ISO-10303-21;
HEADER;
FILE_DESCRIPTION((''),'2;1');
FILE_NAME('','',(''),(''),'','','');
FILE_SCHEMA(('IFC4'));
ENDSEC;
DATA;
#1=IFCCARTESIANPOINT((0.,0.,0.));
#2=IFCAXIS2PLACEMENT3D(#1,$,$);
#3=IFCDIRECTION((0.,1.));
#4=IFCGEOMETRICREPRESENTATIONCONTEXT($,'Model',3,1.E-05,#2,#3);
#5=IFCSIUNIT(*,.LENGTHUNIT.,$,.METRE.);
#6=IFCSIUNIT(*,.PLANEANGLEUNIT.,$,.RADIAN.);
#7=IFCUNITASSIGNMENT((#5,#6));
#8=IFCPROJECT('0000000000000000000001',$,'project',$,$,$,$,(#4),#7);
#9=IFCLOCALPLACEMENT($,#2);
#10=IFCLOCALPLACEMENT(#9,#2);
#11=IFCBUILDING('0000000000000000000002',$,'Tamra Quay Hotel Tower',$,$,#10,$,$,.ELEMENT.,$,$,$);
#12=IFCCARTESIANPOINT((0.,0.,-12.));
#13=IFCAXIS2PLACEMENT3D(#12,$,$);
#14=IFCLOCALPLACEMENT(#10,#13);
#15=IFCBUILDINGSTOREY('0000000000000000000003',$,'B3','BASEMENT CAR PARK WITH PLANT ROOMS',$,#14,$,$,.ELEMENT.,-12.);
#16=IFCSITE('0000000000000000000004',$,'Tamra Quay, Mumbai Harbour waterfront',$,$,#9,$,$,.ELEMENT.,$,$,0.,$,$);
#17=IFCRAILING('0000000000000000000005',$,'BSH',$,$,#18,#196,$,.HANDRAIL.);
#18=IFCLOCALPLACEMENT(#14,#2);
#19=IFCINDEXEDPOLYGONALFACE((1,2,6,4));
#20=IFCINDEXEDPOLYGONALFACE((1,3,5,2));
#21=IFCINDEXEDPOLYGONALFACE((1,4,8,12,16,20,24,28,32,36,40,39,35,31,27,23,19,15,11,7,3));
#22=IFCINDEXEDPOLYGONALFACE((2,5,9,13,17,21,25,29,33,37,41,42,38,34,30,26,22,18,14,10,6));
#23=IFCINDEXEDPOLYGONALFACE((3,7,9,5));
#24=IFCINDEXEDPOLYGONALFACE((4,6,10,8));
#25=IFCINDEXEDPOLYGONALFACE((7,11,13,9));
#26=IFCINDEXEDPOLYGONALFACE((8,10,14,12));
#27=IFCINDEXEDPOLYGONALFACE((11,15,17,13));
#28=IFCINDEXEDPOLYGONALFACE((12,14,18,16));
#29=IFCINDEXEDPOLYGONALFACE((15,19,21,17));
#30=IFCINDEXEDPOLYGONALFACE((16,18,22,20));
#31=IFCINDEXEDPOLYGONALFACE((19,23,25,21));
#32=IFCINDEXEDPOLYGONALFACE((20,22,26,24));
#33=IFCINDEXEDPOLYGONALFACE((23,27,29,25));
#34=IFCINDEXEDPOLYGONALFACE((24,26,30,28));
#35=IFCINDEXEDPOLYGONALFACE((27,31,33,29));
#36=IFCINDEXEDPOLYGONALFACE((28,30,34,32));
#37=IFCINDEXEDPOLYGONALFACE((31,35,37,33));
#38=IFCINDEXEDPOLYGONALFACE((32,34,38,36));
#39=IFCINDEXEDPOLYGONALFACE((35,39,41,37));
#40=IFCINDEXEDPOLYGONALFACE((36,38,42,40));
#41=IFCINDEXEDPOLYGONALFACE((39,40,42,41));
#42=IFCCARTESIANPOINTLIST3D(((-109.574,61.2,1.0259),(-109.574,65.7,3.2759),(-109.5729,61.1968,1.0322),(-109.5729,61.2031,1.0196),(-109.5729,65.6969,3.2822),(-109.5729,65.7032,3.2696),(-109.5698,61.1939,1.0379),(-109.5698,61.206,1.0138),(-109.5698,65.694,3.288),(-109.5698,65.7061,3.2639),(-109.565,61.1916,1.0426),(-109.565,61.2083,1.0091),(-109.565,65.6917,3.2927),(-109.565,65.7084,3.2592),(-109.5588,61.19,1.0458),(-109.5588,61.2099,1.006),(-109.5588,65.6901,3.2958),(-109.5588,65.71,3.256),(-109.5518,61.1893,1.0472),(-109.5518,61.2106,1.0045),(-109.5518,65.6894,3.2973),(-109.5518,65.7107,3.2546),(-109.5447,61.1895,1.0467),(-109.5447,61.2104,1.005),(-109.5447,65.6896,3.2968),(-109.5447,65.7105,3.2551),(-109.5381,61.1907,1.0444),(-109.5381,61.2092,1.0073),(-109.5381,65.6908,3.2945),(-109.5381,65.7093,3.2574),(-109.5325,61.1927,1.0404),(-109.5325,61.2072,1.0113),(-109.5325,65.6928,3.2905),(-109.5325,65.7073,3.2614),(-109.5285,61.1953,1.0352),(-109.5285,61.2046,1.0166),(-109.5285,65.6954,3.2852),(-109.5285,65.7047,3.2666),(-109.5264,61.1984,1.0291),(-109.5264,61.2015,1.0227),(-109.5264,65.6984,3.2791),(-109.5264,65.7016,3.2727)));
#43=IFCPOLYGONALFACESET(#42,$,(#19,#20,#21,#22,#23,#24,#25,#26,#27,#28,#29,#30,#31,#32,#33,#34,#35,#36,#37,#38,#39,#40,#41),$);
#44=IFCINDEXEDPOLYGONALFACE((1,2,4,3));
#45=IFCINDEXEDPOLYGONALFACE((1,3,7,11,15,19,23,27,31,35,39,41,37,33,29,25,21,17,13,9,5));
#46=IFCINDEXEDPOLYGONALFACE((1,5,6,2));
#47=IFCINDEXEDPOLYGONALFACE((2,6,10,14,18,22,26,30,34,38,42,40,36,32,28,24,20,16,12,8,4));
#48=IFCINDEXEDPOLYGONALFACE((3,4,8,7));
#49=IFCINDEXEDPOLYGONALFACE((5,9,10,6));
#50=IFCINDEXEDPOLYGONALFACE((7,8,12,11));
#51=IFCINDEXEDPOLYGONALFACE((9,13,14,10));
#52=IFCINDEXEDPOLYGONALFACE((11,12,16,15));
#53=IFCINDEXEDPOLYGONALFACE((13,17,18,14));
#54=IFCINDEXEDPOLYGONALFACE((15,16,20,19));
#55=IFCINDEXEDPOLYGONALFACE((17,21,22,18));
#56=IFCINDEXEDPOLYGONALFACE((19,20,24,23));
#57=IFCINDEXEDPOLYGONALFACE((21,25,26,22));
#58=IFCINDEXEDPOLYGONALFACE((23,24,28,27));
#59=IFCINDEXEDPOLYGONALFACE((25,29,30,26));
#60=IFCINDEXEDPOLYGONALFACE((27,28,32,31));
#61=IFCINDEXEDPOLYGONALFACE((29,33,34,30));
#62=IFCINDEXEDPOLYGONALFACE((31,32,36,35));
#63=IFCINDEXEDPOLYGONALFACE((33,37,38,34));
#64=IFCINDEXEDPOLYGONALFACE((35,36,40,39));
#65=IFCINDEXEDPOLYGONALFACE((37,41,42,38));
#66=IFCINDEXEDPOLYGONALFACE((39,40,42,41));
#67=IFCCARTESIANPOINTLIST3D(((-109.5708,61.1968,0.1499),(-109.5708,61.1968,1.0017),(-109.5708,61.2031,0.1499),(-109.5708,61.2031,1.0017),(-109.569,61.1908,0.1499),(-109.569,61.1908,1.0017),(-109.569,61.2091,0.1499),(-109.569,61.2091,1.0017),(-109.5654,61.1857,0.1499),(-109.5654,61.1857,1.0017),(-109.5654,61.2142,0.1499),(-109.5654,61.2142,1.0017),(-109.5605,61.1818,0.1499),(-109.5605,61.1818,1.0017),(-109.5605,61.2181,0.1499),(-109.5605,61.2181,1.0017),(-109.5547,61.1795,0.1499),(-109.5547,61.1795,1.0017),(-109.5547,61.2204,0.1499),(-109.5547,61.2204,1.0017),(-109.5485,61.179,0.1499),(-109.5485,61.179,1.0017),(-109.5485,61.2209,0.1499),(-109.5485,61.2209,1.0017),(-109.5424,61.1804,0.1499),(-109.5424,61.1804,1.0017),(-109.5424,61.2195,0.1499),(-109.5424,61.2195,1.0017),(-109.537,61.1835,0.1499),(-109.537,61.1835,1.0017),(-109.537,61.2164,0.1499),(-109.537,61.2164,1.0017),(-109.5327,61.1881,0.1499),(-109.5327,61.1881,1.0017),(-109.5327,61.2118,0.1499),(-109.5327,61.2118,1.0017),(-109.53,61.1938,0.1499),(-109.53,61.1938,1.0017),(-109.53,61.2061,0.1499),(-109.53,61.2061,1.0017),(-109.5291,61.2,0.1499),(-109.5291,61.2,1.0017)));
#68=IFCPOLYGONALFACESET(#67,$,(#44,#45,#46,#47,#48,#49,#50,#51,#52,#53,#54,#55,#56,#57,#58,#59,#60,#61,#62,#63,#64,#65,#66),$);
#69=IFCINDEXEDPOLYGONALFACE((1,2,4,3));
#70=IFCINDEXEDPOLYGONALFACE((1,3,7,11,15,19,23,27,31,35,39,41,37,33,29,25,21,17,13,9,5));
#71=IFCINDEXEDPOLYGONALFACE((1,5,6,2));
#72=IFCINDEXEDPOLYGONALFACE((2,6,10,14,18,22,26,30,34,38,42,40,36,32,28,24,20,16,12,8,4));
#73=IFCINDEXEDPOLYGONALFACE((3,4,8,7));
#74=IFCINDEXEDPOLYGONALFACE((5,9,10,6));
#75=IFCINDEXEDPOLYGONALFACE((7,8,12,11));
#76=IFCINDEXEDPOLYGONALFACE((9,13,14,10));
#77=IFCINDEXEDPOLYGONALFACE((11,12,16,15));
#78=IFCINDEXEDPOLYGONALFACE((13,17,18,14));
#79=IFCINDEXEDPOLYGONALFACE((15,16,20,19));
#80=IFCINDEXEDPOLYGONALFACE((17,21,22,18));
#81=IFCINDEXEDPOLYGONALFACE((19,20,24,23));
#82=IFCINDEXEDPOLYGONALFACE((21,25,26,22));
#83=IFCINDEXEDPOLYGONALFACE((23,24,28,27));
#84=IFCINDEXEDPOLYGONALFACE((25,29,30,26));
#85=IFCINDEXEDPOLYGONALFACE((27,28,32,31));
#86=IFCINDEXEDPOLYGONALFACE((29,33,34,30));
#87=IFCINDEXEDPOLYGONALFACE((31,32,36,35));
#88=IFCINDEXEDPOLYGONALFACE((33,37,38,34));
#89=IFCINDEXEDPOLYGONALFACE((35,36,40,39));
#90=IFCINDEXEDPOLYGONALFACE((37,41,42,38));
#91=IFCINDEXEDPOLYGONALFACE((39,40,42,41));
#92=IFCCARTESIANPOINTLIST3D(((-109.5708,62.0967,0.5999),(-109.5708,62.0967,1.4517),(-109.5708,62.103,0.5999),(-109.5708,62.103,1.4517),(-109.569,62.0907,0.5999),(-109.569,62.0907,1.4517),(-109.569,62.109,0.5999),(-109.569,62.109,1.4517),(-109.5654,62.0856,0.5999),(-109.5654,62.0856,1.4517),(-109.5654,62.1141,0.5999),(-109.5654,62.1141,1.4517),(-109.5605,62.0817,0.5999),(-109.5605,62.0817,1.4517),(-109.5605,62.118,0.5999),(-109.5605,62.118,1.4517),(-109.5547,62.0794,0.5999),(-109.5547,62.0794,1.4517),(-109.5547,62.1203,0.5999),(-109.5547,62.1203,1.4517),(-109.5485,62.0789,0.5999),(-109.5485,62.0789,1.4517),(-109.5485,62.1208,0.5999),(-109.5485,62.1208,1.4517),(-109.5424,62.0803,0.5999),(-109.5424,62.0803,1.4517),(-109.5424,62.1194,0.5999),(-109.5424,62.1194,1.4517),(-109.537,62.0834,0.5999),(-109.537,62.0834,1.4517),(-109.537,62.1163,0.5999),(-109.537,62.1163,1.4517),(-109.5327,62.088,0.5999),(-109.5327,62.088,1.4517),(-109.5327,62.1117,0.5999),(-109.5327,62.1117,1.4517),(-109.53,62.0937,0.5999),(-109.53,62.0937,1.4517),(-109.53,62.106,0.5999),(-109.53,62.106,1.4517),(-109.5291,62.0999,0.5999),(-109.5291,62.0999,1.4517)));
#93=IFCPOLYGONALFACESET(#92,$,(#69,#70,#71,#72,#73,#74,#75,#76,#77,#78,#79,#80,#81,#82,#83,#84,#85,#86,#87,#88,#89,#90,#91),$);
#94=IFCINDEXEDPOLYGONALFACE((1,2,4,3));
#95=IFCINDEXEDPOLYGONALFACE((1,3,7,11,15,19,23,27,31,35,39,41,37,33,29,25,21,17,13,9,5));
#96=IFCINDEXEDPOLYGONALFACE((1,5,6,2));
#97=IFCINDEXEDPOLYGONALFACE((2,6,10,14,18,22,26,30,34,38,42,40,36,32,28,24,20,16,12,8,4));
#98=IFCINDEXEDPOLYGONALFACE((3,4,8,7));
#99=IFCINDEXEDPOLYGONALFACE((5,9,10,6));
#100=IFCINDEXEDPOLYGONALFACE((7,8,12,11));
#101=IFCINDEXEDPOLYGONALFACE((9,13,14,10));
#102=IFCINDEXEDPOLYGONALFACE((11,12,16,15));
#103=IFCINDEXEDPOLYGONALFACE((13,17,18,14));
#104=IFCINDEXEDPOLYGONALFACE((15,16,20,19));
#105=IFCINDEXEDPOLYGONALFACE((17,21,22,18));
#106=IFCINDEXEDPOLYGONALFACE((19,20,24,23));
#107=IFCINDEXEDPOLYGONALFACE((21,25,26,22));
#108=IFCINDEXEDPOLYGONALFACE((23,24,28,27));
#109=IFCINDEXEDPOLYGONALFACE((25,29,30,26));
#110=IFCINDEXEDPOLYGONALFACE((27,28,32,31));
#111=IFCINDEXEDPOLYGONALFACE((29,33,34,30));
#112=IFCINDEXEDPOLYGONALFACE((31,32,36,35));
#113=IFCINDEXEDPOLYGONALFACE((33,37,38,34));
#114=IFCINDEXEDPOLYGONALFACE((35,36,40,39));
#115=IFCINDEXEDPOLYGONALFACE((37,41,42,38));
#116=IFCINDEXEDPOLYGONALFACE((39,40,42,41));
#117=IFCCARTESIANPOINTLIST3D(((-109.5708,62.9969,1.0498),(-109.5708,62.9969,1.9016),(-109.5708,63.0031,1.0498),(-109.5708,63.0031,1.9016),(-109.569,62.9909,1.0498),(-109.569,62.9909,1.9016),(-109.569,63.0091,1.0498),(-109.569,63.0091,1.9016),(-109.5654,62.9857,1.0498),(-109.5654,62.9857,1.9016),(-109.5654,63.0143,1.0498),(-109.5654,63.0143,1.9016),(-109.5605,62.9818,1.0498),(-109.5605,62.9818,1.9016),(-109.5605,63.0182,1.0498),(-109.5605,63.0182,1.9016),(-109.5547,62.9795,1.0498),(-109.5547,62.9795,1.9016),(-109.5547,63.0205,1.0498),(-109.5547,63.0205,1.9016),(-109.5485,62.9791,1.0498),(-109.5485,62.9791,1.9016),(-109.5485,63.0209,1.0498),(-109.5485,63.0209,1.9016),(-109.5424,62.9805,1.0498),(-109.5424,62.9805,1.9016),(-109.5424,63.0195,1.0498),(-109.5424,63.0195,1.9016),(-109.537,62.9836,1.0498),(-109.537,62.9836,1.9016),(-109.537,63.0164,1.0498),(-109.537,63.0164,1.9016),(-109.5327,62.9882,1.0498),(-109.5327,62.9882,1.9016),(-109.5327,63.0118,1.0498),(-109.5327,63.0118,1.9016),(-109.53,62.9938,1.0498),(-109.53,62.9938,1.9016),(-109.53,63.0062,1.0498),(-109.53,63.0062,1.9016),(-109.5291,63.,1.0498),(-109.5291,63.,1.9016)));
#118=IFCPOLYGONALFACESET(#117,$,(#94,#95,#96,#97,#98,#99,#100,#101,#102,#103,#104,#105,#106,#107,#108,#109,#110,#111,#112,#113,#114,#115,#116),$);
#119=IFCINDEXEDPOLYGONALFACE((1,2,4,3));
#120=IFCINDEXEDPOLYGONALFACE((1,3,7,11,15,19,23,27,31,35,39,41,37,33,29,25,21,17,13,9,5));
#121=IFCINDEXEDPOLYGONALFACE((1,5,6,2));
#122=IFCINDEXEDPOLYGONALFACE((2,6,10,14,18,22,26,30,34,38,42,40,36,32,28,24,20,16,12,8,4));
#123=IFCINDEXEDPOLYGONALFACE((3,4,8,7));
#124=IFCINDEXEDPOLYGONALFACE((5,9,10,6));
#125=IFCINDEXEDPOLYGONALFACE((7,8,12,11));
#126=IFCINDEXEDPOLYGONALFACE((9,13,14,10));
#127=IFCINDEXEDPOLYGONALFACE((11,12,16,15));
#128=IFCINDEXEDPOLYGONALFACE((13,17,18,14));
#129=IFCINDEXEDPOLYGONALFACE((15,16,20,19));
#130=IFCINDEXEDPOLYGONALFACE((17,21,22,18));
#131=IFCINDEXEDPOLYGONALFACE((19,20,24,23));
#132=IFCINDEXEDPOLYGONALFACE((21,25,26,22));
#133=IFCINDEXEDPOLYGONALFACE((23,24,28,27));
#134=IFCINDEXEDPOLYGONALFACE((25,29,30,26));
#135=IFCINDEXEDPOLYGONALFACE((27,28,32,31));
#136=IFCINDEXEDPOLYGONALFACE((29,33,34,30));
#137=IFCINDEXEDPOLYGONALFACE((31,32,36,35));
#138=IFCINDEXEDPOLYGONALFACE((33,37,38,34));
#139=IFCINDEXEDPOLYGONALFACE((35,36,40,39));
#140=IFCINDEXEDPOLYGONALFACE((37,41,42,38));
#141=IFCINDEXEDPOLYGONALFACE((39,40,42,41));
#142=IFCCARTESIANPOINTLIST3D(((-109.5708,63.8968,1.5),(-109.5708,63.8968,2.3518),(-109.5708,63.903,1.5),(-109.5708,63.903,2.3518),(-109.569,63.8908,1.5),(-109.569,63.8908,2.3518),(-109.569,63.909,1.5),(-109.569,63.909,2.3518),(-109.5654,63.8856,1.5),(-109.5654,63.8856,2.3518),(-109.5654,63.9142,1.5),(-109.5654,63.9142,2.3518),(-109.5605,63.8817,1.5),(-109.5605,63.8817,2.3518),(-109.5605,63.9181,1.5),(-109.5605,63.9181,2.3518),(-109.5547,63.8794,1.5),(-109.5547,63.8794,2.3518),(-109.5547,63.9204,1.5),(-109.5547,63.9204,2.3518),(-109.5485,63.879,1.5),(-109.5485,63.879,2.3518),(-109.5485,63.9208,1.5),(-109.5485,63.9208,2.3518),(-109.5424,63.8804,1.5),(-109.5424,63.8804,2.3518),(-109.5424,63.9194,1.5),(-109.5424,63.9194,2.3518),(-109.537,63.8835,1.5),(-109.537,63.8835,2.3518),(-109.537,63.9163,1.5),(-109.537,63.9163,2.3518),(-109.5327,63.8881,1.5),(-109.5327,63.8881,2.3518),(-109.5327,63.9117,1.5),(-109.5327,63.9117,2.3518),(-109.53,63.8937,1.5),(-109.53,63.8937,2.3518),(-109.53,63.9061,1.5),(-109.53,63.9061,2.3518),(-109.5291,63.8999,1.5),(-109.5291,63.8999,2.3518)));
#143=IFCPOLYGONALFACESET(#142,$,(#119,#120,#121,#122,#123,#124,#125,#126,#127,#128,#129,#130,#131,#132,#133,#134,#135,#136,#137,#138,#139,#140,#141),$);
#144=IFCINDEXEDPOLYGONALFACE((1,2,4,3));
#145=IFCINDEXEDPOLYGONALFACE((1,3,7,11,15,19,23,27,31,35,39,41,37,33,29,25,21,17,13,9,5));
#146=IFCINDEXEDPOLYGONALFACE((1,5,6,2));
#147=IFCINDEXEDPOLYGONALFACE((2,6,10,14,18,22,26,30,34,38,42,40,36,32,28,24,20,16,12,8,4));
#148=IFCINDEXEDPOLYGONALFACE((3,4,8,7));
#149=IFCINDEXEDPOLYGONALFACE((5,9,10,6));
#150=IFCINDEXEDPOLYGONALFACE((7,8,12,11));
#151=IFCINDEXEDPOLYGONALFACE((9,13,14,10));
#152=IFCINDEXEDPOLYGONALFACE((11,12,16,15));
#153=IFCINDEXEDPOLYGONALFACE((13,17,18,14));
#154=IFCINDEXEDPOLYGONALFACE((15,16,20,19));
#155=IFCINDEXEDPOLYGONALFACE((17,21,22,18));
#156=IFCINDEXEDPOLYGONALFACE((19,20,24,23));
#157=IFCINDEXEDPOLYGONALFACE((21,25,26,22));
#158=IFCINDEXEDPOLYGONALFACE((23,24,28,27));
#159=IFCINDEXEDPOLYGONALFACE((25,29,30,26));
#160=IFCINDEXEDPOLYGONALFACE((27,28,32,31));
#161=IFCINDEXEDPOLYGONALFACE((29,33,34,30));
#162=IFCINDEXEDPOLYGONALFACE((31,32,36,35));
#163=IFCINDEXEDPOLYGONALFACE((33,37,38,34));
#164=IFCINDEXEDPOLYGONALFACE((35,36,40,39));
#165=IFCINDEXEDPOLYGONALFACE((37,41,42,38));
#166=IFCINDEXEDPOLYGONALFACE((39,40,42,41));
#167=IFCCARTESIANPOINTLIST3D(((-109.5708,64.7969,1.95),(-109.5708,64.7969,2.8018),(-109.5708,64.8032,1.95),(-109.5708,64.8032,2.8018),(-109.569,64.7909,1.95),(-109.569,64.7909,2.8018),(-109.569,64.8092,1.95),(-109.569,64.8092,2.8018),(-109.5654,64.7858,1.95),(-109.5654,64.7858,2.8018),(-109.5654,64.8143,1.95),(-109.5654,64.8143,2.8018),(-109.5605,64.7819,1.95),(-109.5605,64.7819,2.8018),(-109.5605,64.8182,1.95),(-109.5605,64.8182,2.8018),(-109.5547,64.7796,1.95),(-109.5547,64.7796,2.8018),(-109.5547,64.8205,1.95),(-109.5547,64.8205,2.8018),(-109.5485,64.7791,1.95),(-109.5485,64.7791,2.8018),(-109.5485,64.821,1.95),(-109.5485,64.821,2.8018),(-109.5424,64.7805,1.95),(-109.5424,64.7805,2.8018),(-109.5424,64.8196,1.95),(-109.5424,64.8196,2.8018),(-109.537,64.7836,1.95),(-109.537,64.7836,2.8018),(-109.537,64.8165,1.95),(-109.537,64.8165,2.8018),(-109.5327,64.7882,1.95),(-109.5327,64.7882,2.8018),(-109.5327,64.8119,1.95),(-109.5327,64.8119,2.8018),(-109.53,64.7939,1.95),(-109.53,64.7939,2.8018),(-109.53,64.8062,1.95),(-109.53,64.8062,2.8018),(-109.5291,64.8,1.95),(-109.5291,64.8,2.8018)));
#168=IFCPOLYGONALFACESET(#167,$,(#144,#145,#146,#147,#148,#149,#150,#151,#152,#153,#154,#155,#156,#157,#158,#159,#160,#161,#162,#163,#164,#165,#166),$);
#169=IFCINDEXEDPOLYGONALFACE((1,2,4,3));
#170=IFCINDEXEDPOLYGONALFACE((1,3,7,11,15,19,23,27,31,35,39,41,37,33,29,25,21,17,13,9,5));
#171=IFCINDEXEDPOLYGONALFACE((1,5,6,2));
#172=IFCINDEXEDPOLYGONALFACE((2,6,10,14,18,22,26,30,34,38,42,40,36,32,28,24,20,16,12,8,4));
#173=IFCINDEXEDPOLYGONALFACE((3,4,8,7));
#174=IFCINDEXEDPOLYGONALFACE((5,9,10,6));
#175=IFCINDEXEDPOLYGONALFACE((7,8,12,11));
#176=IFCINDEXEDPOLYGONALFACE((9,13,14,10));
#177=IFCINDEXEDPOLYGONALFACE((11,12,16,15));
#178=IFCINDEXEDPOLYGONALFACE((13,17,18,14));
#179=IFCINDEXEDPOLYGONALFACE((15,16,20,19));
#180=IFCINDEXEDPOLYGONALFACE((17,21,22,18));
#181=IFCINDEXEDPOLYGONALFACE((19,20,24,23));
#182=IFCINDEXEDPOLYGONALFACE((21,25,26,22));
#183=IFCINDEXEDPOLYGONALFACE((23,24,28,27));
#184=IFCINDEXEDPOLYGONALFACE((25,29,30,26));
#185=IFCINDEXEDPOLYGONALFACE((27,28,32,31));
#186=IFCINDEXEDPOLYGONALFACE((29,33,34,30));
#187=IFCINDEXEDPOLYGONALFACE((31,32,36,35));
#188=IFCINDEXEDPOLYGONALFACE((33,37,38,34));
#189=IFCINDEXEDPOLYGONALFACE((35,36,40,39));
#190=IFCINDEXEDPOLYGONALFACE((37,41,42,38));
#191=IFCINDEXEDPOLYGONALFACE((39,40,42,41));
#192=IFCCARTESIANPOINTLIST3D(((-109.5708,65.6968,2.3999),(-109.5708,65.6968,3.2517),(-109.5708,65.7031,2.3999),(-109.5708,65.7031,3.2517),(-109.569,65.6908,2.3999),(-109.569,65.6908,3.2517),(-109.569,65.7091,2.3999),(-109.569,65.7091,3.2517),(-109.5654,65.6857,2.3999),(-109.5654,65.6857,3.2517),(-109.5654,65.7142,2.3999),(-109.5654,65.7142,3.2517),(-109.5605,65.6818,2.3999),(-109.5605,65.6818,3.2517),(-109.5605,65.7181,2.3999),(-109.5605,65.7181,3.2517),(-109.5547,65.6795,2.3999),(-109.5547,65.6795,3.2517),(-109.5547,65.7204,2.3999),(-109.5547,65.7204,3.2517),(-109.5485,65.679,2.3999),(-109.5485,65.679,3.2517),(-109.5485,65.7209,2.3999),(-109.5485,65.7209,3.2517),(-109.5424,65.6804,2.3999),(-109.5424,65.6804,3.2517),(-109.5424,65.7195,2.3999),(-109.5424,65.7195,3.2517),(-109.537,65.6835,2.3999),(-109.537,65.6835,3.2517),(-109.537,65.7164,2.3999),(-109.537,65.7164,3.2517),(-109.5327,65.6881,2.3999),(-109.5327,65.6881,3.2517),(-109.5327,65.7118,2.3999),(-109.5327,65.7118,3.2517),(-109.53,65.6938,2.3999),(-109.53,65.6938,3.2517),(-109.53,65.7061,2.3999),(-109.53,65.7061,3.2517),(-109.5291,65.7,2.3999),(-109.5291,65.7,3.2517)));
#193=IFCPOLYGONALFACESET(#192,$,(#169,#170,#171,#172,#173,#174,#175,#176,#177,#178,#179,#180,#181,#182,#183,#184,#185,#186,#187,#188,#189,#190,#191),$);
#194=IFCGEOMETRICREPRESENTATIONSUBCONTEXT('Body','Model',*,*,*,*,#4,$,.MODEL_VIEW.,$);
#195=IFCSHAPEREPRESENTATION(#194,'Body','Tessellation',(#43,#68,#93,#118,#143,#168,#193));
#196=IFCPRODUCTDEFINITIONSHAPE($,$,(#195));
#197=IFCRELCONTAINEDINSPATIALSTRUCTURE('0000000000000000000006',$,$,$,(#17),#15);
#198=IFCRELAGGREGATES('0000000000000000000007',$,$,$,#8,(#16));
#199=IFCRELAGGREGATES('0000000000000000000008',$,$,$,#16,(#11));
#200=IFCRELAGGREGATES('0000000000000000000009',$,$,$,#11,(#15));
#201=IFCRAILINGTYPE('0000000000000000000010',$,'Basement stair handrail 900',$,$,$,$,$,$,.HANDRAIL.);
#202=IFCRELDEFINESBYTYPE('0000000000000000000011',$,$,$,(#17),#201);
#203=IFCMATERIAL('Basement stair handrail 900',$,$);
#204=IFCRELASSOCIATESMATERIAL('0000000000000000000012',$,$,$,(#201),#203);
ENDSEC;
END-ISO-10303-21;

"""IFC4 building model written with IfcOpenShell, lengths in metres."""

from ifc_helpers import new_model, si_unit, direction, frame, origin, origin_2d, place, context, subcontext, project, spatial, circle, extrude, material, type_object, element, save


model = new_model("IFC4")

# Units and contexts
model_context = context("Model", 3, precision=1e-05, world=origin(), true_north=direction((0.0, 1.0)))
body_context = subcontext(model_context, "Body", "Model", "MODEL_VIEW")
ifc_project = project(units=[si_unit("LENGTHUNIT", "METRE"), si_unit("PLANEANGLEUNIT", "RADIAN")], contexts=[model_context])

# Site, building, storey
site_placement = place(None, origin())
site = spatial("IfcSite", under=ifc_project, at=site_placement, Name="Tamra Quay, Mumbai Harbour waterfront", CompositionType="ELEMENT", RefElevation=0.0)
building_placement = place(site_placement, origin())
building = spatial("IfcBuilding", under=site, at=building_placement, Name="Tamra Quay Hotel Tower", CompositionType="ELEMENT")
storey_placement = place(building_placement, frame((0.0, 0.0, -12.0)))
storey = spatial("IfcBuildingStorey", under=building, at=storey_placement, Name="B3", Description="BASEMENT CAR PARK WITH PLANT ROOMS", CompositionType="ELEMENT", Elevation=-12.0)

# Railing
ifc_material_1 = material(Name="Basement stair handrail 900")
railing_type_1 = type_object("IfcRailingType", Name="Basement stair handrail 900", PredefinedType="HANDRAIL", material=ifc_material_1)
railing_1_placement = place(storey_placement, frame((-109.55, 61.2, 0.1499)))
element("IfcRailing", 1, at=railing_1_placement, inside=storey, type_object=railing_type_1, Name="BSH", PredefinedType="HANDRAIL", context=body_context, shape_type="SweptSolid", body=[
    extrude(circle(Radius=0.0239, at=origin_2d()), frame((0.0, 0.0, 0.876), z_axis=(0.0, 0.894427, 0.447214), x_axis=(-1.0, 0.0, 0.0)), (0.0, 0.0, 1.0), 5.0312),
    extrude(circle(Radius=0.021, at=origin_2d()), origin(), (0.0, 0.0, 1.0), 0.8518),
    extrude(circle(Radius=0.021, at=origin_2d()), frame((0.0, 0.8999, 0.45)), (0.0, 0.0, 1.0), 0.8518),
    extrude(circle(Radius=0.021, at=origin_2d()), frame((0.0, 1.8, 0.8999)), (0.0, 0.0, 1.0), 0.8518),
    extrude(circle(Radius=0.021, at=origin_2d()), frame((0.0, 2.7, 1.3501)), (0.0, 0.0, 1.0), 0.8518),
    extrude(circle(Radius=0.021, at=origin_2d()), frame((0.0, 3.6001, 1.8)), (0.0, 0.0, 1.0), 0.8518),
    extrude(circle(Radius=0.021, at=origin_2d()), frame((0.0, 4.5, 2.25)), (0.0, 0.0, 1.0), 0.8518),
])

save(model, "model.ifc")
